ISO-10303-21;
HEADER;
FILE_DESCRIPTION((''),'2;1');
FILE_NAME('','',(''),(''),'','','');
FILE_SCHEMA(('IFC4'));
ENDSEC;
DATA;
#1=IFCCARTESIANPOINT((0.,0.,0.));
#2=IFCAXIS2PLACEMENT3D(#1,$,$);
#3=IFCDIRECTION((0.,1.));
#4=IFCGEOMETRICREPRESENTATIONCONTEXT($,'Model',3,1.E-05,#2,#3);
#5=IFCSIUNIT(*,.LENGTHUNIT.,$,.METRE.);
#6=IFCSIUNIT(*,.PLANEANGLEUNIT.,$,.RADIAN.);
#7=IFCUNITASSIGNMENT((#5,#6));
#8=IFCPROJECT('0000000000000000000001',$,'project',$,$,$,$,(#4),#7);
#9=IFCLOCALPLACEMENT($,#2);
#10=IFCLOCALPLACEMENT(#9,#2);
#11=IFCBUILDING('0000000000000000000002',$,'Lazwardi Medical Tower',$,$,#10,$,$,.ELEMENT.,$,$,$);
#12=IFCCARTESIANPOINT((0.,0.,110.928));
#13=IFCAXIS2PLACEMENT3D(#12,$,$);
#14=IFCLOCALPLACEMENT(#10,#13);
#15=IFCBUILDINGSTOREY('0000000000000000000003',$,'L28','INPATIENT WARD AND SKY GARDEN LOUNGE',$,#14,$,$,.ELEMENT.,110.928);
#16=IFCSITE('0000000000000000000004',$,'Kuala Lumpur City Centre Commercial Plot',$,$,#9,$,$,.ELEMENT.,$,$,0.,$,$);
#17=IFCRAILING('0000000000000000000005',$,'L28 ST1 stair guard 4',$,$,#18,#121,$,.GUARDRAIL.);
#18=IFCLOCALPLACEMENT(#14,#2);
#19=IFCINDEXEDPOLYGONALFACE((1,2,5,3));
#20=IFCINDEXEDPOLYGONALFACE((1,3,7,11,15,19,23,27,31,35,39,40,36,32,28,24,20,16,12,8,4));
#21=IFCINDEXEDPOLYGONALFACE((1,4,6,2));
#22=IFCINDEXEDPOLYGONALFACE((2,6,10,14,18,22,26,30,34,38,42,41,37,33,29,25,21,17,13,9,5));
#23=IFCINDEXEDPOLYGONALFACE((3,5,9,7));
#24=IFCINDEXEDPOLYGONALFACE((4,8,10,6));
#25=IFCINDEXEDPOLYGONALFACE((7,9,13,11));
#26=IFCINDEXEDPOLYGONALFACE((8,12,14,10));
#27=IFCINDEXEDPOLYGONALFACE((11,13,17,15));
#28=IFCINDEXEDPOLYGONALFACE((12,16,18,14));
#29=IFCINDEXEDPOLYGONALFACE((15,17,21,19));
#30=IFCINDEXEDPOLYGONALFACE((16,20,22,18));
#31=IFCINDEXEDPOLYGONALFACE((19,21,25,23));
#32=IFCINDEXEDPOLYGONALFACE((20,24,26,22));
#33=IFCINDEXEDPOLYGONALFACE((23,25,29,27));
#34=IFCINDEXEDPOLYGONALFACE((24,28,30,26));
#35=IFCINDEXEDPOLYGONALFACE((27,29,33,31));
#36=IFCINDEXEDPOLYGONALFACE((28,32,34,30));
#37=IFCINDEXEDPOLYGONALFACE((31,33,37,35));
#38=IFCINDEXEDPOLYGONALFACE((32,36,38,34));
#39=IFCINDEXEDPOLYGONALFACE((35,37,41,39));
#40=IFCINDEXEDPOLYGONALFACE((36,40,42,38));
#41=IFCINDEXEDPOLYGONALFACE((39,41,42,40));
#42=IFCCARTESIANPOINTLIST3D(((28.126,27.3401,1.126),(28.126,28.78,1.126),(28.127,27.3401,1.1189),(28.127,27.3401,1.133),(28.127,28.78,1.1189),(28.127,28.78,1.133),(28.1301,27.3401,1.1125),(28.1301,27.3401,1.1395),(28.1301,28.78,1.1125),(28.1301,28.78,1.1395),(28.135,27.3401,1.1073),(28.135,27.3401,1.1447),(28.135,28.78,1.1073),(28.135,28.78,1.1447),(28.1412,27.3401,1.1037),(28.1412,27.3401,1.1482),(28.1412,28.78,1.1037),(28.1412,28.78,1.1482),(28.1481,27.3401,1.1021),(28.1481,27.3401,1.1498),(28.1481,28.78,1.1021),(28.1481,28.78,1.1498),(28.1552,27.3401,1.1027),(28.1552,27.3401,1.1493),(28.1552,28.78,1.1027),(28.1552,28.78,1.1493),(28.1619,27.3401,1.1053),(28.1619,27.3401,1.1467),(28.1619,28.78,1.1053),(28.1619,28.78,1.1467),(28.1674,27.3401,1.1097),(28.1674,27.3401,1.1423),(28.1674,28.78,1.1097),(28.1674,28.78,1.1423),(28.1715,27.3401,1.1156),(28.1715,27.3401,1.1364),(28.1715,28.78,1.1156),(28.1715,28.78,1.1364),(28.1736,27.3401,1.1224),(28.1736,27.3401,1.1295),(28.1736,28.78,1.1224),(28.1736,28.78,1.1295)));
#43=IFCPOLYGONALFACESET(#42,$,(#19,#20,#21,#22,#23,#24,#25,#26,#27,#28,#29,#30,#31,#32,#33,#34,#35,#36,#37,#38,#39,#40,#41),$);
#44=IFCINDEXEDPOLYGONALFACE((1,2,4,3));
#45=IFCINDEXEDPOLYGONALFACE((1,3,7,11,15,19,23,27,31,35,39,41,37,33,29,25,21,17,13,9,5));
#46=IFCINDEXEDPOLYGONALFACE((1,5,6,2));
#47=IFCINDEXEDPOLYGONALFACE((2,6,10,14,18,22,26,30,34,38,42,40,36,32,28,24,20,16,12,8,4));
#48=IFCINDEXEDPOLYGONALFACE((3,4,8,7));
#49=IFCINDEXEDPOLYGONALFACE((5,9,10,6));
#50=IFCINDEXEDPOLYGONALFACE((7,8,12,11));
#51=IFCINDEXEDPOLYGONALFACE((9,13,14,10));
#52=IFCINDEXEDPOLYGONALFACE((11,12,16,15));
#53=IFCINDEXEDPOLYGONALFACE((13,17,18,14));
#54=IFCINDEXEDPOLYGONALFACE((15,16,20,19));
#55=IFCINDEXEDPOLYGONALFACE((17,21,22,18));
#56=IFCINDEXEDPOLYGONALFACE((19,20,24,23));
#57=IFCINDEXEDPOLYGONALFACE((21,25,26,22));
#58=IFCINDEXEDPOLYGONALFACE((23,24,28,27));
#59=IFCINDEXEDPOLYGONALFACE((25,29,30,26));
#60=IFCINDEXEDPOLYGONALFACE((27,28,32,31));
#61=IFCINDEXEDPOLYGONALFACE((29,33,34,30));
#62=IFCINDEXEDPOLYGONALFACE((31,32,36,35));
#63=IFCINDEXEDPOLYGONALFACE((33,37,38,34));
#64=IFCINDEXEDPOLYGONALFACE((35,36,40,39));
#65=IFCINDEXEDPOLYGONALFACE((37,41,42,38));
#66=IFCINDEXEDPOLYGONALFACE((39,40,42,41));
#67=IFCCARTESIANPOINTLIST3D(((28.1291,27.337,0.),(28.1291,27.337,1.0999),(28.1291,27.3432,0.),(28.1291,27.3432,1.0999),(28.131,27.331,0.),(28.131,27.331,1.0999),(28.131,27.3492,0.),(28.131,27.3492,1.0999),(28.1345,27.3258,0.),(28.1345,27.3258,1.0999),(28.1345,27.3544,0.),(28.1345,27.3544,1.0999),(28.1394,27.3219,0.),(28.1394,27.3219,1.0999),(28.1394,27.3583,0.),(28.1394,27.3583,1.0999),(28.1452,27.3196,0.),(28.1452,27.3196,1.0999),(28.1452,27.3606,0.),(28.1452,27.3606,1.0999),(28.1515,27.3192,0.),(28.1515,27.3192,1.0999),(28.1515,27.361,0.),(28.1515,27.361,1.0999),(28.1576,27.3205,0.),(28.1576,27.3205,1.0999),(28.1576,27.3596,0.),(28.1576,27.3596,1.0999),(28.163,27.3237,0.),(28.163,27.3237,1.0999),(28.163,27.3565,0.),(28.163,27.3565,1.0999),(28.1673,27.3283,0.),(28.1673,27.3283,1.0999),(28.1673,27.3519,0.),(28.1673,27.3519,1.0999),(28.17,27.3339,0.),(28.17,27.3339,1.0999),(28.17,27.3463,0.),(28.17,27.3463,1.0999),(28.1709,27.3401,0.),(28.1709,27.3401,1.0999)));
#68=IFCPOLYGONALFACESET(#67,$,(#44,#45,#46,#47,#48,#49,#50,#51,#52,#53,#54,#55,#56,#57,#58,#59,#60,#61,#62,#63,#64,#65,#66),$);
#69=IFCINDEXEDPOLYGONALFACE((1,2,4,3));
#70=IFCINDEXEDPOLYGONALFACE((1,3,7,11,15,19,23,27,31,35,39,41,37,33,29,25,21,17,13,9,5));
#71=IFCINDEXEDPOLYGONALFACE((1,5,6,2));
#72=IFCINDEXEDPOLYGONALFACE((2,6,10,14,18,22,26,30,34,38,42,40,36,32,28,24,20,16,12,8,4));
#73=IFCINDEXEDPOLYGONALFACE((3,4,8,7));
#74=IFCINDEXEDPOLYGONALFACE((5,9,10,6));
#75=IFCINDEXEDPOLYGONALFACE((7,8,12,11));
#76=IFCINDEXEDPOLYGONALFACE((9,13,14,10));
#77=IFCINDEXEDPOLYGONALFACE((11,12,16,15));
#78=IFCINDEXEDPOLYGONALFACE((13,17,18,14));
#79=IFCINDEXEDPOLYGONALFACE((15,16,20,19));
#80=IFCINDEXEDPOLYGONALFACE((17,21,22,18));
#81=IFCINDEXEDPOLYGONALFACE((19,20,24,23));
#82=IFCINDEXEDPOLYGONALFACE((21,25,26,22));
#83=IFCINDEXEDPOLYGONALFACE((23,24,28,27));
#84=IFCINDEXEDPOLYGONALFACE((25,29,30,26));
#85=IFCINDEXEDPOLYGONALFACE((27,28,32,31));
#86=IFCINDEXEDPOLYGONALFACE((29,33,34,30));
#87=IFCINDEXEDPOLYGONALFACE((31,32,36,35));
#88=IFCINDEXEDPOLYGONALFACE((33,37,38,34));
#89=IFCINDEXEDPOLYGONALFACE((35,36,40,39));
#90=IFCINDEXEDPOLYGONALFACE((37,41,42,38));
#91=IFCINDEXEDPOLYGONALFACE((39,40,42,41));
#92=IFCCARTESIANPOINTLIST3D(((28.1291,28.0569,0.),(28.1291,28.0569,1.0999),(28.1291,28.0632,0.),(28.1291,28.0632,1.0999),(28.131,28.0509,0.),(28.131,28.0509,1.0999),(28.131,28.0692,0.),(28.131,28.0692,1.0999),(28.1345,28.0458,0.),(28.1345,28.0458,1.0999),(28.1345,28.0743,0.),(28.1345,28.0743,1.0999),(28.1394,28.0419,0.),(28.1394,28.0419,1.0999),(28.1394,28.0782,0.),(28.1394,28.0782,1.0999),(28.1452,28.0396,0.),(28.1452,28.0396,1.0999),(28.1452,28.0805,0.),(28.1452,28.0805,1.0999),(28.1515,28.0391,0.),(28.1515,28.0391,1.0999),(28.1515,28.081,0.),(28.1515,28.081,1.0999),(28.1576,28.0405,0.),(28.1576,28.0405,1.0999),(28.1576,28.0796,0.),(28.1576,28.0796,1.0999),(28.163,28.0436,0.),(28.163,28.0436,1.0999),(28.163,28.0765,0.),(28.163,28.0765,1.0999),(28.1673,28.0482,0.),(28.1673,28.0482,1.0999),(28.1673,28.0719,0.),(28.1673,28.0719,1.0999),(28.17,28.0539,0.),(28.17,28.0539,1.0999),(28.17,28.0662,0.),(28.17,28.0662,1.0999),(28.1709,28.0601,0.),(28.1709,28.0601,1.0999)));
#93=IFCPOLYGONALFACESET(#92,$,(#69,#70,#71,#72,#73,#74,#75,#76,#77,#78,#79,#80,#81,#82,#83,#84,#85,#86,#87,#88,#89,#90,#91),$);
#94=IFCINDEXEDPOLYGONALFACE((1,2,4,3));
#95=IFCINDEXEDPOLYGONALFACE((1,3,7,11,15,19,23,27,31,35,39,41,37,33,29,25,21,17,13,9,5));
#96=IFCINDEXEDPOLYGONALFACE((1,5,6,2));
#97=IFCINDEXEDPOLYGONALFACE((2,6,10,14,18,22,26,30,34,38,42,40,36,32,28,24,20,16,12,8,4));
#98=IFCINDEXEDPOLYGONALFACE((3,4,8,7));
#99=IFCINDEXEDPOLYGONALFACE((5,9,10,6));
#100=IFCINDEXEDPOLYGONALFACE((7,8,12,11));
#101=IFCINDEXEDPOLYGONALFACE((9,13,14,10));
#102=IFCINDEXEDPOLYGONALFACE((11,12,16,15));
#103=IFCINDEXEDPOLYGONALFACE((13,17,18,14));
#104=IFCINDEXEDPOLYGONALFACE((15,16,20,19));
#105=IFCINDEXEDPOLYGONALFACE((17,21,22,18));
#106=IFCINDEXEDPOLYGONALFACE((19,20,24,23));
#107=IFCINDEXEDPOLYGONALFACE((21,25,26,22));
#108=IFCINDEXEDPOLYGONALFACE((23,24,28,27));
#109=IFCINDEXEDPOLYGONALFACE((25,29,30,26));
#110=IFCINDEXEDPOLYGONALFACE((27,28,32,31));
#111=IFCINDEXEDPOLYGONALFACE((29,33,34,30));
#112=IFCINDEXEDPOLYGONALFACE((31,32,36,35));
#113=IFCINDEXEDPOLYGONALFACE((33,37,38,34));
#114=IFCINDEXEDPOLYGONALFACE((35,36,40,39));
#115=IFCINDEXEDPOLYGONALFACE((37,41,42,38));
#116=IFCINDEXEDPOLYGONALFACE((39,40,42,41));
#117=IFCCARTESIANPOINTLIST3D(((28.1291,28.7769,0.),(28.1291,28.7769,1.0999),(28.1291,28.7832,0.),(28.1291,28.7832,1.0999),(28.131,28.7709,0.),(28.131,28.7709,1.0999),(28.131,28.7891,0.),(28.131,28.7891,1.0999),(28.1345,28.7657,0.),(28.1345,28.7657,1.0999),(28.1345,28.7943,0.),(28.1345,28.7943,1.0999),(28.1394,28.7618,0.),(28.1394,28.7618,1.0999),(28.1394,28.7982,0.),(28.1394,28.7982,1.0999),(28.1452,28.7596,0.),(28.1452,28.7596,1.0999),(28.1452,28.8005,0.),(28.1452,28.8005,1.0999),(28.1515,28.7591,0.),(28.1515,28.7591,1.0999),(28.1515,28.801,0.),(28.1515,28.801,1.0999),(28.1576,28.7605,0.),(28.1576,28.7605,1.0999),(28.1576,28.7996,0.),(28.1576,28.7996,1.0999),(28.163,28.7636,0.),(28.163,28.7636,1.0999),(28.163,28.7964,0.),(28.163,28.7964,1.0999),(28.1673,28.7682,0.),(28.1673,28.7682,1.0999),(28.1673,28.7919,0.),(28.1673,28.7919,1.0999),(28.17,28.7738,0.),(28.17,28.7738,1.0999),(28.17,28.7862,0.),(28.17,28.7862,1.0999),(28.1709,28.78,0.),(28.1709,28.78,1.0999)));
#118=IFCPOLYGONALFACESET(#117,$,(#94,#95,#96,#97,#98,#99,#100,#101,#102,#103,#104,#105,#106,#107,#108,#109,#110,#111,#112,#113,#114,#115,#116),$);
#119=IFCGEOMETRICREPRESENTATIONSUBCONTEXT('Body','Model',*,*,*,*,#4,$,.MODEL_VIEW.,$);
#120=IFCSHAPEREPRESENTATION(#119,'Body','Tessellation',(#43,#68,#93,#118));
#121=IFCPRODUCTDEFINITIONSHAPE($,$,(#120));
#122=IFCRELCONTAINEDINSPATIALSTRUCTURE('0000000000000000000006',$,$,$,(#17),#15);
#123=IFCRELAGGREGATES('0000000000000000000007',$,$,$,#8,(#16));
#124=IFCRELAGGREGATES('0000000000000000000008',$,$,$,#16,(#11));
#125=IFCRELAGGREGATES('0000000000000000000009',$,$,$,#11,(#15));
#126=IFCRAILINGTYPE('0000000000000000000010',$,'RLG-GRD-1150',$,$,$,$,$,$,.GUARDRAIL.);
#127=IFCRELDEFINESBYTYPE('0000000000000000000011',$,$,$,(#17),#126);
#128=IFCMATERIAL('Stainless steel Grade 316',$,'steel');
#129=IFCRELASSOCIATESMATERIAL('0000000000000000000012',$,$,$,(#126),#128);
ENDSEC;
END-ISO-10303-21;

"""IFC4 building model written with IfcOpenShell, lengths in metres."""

from ifc_helpers import new_model, si_unit, direction, frame, origin, origin_2d, place, context, subcontext, project, spatial, circle, extrude, material, type_object, element, save


model = new_model("IFC4")

# Units and contexts
model_context = context("Model", 3, precision=1e-05, world=origin(), true_north=direction((0.0, 1.0)))
body_context = subcontext(model_context, "Body", "Model", "MODEL_VIEW")
ifc_project = project(units=[si_unit("LENGTHUNIT", "METRE"), si_unit("PLANEANGLEUNIT", "RADIAN")], contexts=[model_context])

# Site, building, storey
site_placement = place(None, origin())
site = spatial("IfcSite", under=ifc_project, at=site_placement, Name="Kuala Lumpur City Centre Commercial Plot", CompositionType="ELEMENT", RefElevation=0.0)
building_placement = place(site_placement, origin())
building = spatial("IfcBuilding", under=site, at=building_placement, Name="Lazwardi Medical Tower", CompositionType="ELEMENT")
storey_placement = place(building_placement, frame((0.0, 0.0, 110.928)))
storey = spatial("IfcBuildingStorey", under=building, at=storey_placement, Name="L28", Description="INPATIENT WARD AND SKY GARDEN LOUNGE", CompositionType="ELEMENT", Elevation=110.928)

# Railing
ifc_material_1 = material(Name="Stainless steel Grade 316", Category="steel")
railing_type_1 = type_object("IfcRailingType", Name="RLG-GRD-1150", PredefinedType="GUARDRAIL", material=ifc_material_1)
railing_1_placement = place(storey_placement, frame((28.1499, 27.3401, 0.0)))
element("IfcRailing", 1, at=railing_1_placement, inside=storey, type_object=railing_type_1, Name="L28 ST1 stair guard 4", PredefinedType="GUARDRAIL", context=body_context, shape_type="SweptSolid", body=[
    extrude(circle(Radius=0.0239, at=origin_2d()), frame((0.0, 0.0, 1.126), z_axis=(0.0, 1.0, 0.0), x_axis=(-1.0, 0.0, 0.0)), (0.0, 0.0, 1.0), 1.4399),
    extrude(circle(Radius=0.021, at=origin_2d()), origin(), (0.0, 0.0, 1.0), 1.0999),
    extrude(circle(Radius=0.021, at=origin_2d()), frame((0.0, 0.72, 0.0)), (0.0, 0.0, 1.0), 1.0999),
    extrude(circle(Radius=0.021, at=origin_2d()), frame((0.0, 1.4399, 0.0)), (0.0, 0.0, 1.0), 1.0999),
])

save(model, "model.ifc")
